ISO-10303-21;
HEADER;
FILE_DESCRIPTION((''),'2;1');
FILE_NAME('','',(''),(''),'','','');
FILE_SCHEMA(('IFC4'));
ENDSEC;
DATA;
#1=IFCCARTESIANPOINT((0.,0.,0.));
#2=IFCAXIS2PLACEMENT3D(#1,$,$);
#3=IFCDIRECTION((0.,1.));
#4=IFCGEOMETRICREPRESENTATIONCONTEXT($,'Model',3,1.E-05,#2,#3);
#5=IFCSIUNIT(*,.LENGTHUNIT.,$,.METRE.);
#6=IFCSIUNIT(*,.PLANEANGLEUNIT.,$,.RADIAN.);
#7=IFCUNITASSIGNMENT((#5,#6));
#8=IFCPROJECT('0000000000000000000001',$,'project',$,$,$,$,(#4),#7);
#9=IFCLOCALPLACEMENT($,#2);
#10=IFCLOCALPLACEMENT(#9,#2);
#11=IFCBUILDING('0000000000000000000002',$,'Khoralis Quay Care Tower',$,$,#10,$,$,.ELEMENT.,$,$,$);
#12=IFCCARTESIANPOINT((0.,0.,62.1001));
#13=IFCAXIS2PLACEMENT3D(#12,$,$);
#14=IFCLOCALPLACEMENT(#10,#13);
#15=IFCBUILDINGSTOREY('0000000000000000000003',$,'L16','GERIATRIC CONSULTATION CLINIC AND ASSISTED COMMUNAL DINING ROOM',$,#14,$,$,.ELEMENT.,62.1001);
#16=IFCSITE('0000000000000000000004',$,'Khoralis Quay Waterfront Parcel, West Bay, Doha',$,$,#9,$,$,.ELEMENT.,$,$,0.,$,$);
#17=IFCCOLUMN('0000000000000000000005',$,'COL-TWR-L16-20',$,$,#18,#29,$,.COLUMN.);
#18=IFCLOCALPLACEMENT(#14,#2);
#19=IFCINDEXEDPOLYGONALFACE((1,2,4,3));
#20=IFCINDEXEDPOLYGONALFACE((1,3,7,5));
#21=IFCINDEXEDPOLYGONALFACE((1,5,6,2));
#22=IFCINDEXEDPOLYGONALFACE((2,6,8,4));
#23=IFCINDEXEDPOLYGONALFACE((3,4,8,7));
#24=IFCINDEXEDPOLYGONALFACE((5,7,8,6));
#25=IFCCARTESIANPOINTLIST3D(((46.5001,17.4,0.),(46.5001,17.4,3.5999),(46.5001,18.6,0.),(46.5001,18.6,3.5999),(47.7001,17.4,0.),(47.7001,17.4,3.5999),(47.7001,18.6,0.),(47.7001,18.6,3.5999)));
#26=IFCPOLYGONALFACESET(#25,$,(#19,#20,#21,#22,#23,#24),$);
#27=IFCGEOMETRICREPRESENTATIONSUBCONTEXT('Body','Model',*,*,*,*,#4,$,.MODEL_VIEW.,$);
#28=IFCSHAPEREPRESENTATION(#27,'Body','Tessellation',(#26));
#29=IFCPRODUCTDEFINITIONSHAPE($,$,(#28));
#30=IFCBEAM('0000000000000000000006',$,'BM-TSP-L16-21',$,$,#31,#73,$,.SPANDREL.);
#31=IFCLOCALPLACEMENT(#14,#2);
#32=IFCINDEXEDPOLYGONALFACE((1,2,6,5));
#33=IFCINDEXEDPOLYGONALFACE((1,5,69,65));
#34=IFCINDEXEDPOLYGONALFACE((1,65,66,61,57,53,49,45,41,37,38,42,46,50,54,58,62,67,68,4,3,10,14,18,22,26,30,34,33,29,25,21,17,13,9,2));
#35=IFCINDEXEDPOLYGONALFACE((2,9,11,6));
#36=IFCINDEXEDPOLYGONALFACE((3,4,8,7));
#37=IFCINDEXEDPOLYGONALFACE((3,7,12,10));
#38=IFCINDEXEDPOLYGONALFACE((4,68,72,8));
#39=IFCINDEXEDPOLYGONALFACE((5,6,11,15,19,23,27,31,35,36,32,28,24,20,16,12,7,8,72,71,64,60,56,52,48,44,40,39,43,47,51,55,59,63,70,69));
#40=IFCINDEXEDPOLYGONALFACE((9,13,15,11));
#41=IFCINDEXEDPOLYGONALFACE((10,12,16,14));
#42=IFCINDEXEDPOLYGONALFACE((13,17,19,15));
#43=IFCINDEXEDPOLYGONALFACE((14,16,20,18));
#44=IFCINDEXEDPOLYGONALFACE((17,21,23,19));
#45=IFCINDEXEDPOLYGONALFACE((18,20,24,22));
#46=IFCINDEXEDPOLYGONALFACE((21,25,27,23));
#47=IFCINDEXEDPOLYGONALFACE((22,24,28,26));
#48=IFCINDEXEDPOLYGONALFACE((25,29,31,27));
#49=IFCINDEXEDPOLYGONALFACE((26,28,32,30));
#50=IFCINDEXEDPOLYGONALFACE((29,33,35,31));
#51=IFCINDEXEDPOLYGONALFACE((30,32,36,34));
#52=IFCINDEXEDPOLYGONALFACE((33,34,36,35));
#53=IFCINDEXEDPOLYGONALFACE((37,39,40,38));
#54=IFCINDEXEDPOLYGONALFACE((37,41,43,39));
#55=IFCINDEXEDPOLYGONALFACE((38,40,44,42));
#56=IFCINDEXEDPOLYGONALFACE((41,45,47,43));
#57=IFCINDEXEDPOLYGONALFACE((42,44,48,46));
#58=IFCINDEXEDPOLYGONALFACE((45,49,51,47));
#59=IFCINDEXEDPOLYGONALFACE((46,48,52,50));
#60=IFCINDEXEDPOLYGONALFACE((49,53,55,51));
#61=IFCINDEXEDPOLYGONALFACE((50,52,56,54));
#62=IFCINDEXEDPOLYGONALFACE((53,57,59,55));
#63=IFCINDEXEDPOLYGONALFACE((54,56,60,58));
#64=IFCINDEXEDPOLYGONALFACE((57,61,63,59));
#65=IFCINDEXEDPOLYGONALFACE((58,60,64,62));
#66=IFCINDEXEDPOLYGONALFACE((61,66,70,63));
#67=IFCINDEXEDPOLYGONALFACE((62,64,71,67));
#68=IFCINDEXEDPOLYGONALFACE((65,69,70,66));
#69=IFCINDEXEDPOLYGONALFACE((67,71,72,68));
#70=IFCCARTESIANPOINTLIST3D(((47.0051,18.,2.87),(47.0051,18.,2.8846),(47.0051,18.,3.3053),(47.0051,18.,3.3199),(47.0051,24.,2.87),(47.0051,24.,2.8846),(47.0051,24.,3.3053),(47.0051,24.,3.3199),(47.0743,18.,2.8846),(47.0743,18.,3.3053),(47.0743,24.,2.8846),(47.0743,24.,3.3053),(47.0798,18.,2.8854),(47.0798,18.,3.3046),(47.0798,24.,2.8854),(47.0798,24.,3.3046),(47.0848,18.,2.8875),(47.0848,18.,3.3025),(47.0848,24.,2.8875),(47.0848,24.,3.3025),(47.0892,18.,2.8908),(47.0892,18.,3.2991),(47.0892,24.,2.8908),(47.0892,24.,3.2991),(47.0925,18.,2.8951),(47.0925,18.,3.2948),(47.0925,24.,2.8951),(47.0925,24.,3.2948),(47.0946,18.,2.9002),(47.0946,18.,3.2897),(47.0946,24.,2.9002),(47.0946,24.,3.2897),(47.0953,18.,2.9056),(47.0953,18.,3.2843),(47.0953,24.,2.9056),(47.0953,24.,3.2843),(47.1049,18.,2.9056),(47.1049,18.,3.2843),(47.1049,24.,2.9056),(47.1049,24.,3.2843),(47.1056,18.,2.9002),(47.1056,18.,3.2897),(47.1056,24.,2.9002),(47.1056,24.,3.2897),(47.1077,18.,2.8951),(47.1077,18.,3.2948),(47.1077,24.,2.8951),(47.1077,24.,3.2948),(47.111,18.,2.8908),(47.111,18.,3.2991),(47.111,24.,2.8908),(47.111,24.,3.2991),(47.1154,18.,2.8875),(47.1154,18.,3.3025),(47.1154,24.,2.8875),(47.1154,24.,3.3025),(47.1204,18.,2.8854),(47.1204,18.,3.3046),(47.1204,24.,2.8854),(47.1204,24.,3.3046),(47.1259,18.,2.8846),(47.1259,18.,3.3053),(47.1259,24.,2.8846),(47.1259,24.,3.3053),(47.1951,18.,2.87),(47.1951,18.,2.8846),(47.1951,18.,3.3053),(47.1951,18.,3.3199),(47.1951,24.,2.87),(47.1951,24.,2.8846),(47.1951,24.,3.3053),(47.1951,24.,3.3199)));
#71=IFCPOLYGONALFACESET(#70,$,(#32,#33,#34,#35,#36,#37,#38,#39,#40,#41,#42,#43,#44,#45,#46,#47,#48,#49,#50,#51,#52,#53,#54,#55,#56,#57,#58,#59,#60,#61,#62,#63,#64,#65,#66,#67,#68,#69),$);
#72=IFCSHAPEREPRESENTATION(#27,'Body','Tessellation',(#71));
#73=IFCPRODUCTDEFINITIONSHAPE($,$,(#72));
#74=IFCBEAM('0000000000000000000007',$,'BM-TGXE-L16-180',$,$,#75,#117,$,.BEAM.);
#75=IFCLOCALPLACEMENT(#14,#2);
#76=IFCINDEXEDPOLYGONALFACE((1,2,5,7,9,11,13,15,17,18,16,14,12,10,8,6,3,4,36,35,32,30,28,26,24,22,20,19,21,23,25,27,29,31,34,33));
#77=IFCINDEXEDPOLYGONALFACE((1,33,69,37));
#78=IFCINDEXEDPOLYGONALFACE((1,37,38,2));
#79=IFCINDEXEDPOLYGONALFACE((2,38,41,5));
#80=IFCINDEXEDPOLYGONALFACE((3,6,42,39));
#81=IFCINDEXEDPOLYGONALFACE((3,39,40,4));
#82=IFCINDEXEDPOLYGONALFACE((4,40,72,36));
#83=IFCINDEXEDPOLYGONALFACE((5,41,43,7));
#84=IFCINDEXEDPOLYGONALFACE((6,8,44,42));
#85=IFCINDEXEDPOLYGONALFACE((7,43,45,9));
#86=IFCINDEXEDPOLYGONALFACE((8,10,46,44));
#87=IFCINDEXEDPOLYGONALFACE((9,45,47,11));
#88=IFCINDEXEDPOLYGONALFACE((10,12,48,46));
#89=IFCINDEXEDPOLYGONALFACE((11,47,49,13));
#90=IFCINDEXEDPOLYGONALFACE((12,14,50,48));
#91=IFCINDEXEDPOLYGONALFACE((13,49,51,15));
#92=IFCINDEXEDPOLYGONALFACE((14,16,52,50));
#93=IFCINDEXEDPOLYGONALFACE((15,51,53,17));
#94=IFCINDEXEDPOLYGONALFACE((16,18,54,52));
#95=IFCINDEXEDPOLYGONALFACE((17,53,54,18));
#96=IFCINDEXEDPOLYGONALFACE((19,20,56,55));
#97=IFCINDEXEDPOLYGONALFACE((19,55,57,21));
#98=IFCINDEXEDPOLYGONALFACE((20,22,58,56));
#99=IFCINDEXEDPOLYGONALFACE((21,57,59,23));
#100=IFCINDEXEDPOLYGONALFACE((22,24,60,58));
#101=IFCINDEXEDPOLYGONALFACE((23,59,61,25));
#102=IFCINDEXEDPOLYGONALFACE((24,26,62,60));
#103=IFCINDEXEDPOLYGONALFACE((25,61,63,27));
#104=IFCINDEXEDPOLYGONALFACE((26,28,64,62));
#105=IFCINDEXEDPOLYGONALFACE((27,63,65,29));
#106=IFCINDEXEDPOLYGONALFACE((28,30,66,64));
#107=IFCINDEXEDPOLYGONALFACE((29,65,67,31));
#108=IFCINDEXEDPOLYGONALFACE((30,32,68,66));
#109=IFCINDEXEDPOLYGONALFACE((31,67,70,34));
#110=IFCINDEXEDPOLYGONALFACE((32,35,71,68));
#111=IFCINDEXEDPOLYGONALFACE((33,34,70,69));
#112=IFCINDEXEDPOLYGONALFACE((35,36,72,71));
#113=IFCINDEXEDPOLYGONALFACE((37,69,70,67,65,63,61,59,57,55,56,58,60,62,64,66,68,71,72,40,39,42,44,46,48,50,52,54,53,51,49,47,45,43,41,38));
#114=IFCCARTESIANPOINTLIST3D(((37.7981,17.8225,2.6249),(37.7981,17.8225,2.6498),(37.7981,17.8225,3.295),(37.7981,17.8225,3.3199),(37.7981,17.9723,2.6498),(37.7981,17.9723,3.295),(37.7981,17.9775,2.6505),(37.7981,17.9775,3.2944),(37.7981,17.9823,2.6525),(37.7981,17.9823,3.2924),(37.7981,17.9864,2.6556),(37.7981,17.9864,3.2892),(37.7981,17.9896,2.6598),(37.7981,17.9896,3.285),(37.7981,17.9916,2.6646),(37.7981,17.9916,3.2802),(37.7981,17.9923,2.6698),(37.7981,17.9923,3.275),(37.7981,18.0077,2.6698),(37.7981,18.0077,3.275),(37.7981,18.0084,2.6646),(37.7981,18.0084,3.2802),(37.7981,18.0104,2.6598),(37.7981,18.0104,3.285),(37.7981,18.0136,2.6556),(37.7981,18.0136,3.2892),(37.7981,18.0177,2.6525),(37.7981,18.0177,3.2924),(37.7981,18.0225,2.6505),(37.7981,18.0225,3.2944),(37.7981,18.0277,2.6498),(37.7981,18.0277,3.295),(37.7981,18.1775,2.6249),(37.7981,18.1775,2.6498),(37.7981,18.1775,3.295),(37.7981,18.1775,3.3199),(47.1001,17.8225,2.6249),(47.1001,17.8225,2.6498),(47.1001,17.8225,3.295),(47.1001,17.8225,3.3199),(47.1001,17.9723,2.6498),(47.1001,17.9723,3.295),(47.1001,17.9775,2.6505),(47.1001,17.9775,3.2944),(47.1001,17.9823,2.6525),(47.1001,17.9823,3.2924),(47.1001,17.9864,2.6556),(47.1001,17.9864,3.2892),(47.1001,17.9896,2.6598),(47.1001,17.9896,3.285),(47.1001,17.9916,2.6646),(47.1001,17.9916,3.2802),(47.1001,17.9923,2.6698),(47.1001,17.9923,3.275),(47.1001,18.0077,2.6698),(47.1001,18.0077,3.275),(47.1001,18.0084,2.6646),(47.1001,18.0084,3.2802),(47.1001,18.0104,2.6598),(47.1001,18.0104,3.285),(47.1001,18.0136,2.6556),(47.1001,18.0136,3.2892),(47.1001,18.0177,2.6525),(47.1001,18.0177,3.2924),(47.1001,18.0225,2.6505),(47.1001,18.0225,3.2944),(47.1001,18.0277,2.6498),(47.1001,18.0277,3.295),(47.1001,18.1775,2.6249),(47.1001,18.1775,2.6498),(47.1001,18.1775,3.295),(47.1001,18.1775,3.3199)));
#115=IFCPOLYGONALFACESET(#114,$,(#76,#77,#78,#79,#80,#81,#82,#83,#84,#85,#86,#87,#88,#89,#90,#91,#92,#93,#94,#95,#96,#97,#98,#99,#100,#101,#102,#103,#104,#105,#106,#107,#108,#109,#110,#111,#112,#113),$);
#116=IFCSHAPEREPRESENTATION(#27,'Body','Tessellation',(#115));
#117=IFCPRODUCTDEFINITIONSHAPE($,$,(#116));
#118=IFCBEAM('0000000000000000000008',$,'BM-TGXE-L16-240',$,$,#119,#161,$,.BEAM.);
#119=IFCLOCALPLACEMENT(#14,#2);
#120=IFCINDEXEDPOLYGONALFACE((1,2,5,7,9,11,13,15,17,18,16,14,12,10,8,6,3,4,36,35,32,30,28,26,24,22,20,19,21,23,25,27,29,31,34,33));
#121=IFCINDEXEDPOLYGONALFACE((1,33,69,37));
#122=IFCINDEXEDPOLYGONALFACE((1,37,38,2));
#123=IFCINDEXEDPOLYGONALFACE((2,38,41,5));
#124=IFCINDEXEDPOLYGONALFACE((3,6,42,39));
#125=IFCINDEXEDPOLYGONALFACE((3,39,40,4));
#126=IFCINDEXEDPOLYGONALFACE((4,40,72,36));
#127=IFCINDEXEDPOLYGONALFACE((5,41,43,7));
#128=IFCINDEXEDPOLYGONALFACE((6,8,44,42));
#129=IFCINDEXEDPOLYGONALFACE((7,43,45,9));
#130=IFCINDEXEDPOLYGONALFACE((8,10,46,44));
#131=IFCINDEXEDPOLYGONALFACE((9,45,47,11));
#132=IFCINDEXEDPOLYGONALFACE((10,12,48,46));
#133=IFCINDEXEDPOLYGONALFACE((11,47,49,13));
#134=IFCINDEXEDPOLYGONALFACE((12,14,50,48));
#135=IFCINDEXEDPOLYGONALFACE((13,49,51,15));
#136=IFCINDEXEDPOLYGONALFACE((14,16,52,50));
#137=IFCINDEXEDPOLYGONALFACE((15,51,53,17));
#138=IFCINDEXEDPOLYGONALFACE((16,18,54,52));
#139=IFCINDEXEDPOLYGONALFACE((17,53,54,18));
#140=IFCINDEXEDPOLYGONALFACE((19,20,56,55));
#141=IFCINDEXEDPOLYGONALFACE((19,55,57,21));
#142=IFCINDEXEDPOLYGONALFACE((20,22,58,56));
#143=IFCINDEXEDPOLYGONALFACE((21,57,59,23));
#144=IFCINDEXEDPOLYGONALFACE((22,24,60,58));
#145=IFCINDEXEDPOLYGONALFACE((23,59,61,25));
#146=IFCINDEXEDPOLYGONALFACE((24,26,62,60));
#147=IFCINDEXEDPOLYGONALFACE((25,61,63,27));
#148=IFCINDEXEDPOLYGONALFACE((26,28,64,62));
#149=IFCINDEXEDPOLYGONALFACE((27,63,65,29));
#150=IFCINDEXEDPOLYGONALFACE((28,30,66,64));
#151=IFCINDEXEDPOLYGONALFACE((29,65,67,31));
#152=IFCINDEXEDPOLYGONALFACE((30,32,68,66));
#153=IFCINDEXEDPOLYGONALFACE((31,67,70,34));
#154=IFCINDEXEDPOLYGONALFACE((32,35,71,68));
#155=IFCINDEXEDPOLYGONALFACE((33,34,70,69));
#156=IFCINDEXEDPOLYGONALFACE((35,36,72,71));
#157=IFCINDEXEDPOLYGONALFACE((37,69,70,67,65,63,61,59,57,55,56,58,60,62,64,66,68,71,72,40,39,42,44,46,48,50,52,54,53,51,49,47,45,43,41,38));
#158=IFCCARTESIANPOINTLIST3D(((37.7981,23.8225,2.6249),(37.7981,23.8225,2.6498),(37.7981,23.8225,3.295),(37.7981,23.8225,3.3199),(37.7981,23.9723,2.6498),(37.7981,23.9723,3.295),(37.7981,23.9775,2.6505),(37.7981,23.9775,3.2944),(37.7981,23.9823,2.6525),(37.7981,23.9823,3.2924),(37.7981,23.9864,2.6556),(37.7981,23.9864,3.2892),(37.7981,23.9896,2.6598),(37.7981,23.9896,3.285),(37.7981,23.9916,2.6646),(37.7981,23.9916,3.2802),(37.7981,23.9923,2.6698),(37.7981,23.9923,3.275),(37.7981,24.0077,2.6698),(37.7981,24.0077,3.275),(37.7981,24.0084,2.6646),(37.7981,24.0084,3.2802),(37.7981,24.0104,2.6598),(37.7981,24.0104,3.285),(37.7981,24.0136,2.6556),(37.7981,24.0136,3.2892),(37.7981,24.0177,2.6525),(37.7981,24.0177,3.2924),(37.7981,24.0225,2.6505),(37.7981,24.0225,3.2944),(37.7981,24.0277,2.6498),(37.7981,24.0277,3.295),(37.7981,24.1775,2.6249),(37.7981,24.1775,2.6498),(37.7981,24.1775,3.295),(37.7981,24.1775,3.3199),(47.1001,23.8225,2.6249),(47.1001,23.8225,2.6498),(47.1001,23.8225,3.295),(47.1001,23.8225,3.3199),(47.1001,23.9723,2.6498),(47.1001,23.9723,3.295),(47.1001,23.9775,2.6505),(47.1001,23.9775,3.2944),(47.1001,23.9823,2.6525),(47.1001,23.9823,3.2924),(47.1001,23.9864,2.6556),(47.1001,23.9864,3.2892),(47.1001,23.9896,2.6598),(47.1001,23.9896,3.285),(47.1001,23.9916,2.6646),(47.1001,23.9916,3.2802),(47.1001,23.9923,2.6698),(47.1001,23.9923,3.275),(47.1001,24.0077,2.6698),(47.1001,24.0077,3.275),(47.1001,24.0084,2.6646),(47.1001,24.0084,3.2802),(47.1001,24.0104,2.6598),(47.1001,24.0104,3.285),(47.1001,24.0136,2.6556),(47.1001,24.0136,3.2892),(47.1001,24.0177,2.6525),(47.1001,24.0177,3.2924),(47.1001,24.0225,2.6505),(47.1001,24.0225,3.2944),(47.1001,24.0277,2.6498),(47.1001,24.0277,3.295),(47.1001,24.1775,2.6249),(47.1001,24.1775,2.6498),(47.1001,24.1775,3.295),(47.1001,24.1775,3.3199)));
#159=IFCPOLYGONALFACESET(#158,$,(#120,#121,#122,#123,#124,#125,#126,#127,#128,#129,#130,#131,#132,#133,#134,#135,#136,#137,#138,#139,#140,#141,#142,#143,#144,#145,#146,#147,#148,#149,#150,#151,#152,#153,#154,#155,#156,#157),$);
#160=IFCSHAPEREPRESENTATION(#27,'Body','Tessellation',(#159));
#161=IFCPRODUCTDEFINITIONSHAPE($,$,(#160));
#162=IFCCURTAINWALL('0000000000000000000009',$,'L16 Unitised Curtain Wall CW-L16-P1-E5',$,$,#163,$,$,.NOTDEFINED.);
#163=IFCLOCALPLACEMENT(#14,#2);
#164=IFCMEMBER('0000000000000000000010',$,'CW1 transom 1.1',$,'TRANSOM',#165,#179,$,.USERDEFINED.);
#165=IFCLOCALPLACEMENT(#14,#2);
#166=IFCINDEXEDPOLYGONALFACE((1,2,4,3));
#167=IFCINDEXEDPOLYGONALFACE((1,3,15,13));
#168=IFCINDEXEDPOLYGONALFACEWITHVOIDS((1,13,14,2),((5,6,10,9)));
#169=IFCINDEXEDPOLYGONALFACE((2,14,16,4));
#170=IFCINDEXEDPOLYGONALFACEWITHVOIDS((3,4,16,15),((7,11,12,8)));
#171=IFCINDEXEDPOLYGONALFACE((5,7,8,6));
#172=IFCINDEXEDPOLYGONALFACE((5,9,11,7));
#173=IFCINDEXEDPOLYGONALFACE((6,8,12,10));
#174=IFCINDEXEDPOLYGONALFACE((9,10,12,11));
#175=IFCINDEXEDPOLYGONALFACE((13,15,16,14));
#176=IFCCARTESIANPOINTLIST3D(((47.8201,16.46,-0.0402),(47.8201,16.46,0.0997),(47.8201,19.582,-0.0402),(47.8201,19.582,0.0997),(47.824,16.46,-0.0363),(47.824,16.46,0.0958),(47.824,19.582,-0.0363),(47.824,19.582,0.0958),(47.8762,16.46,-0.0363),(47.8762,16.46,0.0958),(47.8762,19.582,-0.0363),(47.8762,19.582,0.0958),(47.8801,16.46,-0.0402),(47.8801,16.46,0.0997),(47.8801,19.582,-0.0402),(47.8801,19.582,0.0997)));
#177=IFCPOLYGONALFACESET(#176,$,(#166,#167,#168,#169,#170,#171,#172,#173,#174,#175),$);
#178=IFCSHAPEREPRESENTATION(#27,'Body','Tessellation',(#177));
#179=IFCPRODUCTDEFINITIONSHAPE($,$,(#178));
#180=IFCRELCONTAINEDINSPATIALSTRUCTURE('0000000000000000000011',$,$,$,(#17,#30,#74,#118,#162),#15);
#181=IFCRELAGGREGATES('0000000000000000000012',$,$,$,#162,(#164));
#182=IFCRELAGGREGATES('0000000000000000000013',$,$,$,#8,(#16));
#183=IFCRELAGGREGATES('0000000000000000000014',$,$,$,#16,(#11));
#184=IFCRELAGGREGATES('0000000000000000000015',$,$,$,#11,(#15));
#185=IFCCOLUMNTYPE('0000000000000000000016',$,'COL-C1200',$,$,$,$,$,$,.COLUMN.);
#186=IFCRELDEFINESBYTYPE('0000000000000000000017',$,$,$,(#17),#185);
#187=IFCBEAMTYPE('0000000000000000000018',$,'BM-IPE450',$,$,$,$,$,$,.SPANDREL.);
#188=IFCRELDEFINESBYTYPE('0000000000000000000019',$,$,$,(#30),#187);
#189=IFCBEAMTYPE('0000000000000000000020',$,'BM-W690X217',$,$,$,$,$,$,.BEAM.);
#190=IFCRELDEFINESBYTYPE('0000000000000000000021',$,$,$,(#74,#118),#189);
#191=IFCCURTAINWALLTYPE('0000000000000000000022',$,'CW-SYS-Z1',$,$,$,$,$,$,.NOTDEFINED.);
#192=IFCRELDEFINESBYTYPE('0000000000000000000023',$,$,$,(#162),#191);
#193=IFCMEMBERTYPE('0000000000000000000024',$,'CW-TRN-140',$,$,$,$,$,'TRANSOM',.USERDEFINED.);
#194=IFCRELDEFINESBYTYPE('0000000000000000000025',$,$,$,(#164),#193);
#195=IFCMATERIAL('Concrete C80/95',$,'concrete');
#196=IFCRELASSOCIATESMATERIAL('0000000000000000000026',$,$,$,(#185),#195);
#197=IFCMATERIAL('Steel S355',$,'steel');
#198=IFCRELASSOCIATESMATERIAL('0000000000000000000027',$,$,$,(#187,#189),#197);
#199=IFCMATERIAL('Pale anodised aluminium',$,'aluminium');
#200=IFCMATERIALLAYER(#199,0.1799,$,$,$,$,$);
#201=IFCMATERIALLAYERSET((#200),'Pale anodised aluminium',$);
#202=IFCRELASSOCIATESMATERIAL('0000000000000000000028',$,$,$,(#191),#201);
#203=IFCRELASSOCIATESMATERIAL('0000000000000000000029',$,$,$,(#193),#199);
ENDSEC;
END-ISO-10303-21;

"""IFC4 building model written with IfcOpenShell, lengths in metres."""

from ifc_helpers import new_model, si_unit, direction, frame, origin, origin_2d, place, context, subcontext, project, spatial, rectangle, hollow_rectangle, i_section, extrude, source, transform, mapped, material, layer, layer_set, material_profile, profile_set, type_object, element, aggregate, save


model = new_model("IFC4")

# Units and contexts
model_context = context("Model", 3, precision=1e-05, world=origin(), true_north=direction((0.0, 1.0)))
body_context = subcontext(model_context, "Body", "Model", "MODEL_VIEW")
ifc_project = project(units=[si_unit("LENGTHUNIT", "METRE"), si_unit("PLANEANGLEUNIT", "RADIAN")], contexts=[model_context])

# Site, building, storey
site_placement = place(None, origin())
site = spatial("IfcSite", under=ifc_project, at=site_placement, Name="Khoralis Quay Waterfront Parcel, West Bay, Doha", CompositionType="ELEMENT", RefElevation=0.0)
building_placement = place(site_placement, origin())
building = spatial("IfcBuilding", under=site, at=building_placement, Name="Khoralis Quay Care Tower", CompositionType="ELEMENT")
storey_placement = place(building_placement, frame((0.0, 0.0, 62.1001)))
storey = spatial("IfcBuildingStorey", under=building, at=storey_placement, Name="L16", Description="GERIATRIC CONSULTATION CLINIC AND ASSISTED COMMUNAL DINING ROOM", CompositionType="ELEMENT", Elevation=62.1001)

# Column
ifc_material_1 = material(Name="Concrete C80/95", Category="concrete")
ifc_material_profile_1 = material_profile(ifc_material_1, rectangle(XDim=1.2, YDim=1.2, at=origin_2d()), Name="Concrete C80/95")
ifc_profile_set_1 = profile_set([ifc_material_profile_1], Name="Concrete C80/95")
column_type = type_object("IfcColumnType", Name="COL-C1200", PredefinedType="COLUMN", material=ifc_profile_set_1)
shared_shape_1 = source(origin(), body_context, "Body", "SweptSolid", [
    extrude(rectangle(XDim=1.2, YDim=1.2, at=origin_2d()), origin(), (0.0, 0.0, 1.0), 3.5999),
])
column_placement = place(storey_placement, frame((47.1001, 18.0, 0.0), z_axis=(0.0, 0.0, 1.0), x_axis=(1.0, 0.0, 0.0)))
element("IfcColumn", 1, at=column_placement, inside=storey, type_object=column_type, Name="COL-TWR-L16-20", PredefinedType="COLUMN", context=body_context, shape_type="MappedRepresentation", body=[
    mapped(shared_shape_1, transform((0.0, 0.0, 0.0), scale=1.0)),
])

# Beams
ifc_material_2 = material(Name="Steel S355", Category="steel")
ifc_material_profile_2 = material_profile(ifc_material_2, i_section(OverallWidth=0.1899, OverallDepth=0.45, WebThickness=0.0095, FlangeThickness=0.0146, FilletRadius=0.021, at=origin_2d()), Name="Steel S355")
ifc_profile_set_2 = profile_set([ifc_material_profile_2], Name="Steel S355")
beam_type_1 = type_object("IfcBeamType", Name="BM-IPE450", PredefinedType="SPANDREL", material=ifc_profile_set_2)
shared_shape_2 = source(origin(), body_context, "Body", "SweptSolid", [
    extrude(i_section(OverallWidth=0.1899, OverallDepth=0.45, WebThickness=0.0095, FlangeThickness=0.0146, FilletRadius=0.021, at=origin_2d()), origin(), (0.0, 0.0, 1.0), 6.0),
])
beam_placement = place(storey_placement, frame((47.1001, 18.0, 3.095), z_axis=(0.0, 1.0, 0.0), x_axis=(-1.0, 0.0, 0.0)))
element("IfcBeam", 2, at=beam_placement, inside=storey, type_object=beam_type_1, Name="BM-TSP-L16-21", PredefinedType="SPANDREL", context=body_context, shape_type="MappedRepresentation", body=[
    mapped(shared_shape_2, transform((0.0, 0.0, 0.0), scale=1.0)),
])
ifc_material_profile_3 = material_profile(ifc_material_2, i_section(OverallWidth=0.355, OverallDepth=0.6951, WebThickness=0.0154, FlangeThickness=0.0249, FilletRadius=0.02, at=origin_2d()), Name="Steel S355")
ifc_profile_set_3 = profile_set([ifc_material_profile_3], Name="Steel S355")
beam_type_2 = type_object("IfcBeamType", Name="BM-W690X217", PredefinedType="BEAM", material=ifc_profile_set_3)
shared_shape_3 = source(origin(), body_context, "Body", "SweptSolid", [
    extrude(i_section(OverallWidth=0.355, OverallDepth=0.6951, WebThickness=0.0154, FlangeThickness=0.0249, FilletRadius=0.02, at=origin_2d()), origin(), (0.0, 0.0, 1.0), 9.302),
])
for number, where, z_axis, x_axis, name in (
    (3, (37.7981, 18.0, 2.9724), (1.0, 0.0, 0.0), (0.0, 1.0, 0.0), "BM-TGXE-L16-180"),
    (4, (37.7981, 24.0, 2.9724), (1.0, 0.0, 0.0), (0.0, 1.0, 0.0), "BM-TGXE-L16-240"),
):
    element("IfcBeam", number, at=place(storey_placement, frame(where, z_axis=z_axis, x_axis=x_axis)), inside=storey, type_object=beam_type_2, Name=name, PredefinedType="BEAM", context=body_context, shape_type="MappedRepresentation", body=[
        mapped(shared_shape_3, transform((0.0, 0.0, 0.0), scale=1.0)),
    ])

# Curtain wall, member
ifc_material_3 = material(Name="Pale anodised aluminium", Category="aluminium")
ifc_layer_1 = layer(ifc_material_3, 0.1799)
ifc_layer_set_1 = layer_set([ifc_layer_1], Name="Pale anodised aluminium")
curtain_wall_type = type_object("IfcCurtainWallType", Name="CW-SYS-Z1", PredefinedType="NOTDEFINED", material=ifc_layer_set_1)
curtain_wall_placement = place(storey_placement, origin())
curtain_wall = element("IfcCurtainWall", 5, at=curtain_wall_placement, inside=storey, type_object=curtain_wall_type, Name="L16 Unitised Curtain Wall CW-L16-P1-E5", PredefinedType="NOTDEFINED")
ifc_material_profile_4 = material_profile(ifc_material_3, hollow_rectangle(XDim=0.0601, YDim=0.1399, WallThickness=0.0039, at=origin_2d()), Name="Pale anodised aluminium")
ifc_profile_set_4 = profile_set([ifc_material_profile_4], Name="Pale anodised aluminium")
member_type_1 = type_object("IfcMemberType", Name="CW-TRN-140", ElementType="TRANSOM", PredefinedType="USERDEFINED", material=ifc_profile_set_4)
shared_shape_4 = source(origin(), body_context, "Body", "SweptSolid", [
    extrude(hollow_rectangle(XDim=0.0601, YDim=0.1399, WallThickness=0.0039, at=origin_2d()), origin(), (0.0, 0.0, 1.0), 3.1221),
])
member_1_placement = place(storey_placement, frame((47.8501, 16.46, 0.0298), z_axis=(0.0, 1.0, 0.0), x_axis=(-1.0, 0.0, 0.0)))
member_1 = element("IfcMember", 6, at=member_1_placement, type_object=member_type_1, Name="CW1 transom 1.1", ObjectType="TRANSOM", PredefinedType="USERDEFINED", context=body_context, shape_type="MappedRepresentation", body=[
    mapped(shared_shape_4, transform((0.0, 0.0, 0.0), scale=1.0)),
])
aggregate(curtain_wall, [member_1])

save(model, "model.ifc")
